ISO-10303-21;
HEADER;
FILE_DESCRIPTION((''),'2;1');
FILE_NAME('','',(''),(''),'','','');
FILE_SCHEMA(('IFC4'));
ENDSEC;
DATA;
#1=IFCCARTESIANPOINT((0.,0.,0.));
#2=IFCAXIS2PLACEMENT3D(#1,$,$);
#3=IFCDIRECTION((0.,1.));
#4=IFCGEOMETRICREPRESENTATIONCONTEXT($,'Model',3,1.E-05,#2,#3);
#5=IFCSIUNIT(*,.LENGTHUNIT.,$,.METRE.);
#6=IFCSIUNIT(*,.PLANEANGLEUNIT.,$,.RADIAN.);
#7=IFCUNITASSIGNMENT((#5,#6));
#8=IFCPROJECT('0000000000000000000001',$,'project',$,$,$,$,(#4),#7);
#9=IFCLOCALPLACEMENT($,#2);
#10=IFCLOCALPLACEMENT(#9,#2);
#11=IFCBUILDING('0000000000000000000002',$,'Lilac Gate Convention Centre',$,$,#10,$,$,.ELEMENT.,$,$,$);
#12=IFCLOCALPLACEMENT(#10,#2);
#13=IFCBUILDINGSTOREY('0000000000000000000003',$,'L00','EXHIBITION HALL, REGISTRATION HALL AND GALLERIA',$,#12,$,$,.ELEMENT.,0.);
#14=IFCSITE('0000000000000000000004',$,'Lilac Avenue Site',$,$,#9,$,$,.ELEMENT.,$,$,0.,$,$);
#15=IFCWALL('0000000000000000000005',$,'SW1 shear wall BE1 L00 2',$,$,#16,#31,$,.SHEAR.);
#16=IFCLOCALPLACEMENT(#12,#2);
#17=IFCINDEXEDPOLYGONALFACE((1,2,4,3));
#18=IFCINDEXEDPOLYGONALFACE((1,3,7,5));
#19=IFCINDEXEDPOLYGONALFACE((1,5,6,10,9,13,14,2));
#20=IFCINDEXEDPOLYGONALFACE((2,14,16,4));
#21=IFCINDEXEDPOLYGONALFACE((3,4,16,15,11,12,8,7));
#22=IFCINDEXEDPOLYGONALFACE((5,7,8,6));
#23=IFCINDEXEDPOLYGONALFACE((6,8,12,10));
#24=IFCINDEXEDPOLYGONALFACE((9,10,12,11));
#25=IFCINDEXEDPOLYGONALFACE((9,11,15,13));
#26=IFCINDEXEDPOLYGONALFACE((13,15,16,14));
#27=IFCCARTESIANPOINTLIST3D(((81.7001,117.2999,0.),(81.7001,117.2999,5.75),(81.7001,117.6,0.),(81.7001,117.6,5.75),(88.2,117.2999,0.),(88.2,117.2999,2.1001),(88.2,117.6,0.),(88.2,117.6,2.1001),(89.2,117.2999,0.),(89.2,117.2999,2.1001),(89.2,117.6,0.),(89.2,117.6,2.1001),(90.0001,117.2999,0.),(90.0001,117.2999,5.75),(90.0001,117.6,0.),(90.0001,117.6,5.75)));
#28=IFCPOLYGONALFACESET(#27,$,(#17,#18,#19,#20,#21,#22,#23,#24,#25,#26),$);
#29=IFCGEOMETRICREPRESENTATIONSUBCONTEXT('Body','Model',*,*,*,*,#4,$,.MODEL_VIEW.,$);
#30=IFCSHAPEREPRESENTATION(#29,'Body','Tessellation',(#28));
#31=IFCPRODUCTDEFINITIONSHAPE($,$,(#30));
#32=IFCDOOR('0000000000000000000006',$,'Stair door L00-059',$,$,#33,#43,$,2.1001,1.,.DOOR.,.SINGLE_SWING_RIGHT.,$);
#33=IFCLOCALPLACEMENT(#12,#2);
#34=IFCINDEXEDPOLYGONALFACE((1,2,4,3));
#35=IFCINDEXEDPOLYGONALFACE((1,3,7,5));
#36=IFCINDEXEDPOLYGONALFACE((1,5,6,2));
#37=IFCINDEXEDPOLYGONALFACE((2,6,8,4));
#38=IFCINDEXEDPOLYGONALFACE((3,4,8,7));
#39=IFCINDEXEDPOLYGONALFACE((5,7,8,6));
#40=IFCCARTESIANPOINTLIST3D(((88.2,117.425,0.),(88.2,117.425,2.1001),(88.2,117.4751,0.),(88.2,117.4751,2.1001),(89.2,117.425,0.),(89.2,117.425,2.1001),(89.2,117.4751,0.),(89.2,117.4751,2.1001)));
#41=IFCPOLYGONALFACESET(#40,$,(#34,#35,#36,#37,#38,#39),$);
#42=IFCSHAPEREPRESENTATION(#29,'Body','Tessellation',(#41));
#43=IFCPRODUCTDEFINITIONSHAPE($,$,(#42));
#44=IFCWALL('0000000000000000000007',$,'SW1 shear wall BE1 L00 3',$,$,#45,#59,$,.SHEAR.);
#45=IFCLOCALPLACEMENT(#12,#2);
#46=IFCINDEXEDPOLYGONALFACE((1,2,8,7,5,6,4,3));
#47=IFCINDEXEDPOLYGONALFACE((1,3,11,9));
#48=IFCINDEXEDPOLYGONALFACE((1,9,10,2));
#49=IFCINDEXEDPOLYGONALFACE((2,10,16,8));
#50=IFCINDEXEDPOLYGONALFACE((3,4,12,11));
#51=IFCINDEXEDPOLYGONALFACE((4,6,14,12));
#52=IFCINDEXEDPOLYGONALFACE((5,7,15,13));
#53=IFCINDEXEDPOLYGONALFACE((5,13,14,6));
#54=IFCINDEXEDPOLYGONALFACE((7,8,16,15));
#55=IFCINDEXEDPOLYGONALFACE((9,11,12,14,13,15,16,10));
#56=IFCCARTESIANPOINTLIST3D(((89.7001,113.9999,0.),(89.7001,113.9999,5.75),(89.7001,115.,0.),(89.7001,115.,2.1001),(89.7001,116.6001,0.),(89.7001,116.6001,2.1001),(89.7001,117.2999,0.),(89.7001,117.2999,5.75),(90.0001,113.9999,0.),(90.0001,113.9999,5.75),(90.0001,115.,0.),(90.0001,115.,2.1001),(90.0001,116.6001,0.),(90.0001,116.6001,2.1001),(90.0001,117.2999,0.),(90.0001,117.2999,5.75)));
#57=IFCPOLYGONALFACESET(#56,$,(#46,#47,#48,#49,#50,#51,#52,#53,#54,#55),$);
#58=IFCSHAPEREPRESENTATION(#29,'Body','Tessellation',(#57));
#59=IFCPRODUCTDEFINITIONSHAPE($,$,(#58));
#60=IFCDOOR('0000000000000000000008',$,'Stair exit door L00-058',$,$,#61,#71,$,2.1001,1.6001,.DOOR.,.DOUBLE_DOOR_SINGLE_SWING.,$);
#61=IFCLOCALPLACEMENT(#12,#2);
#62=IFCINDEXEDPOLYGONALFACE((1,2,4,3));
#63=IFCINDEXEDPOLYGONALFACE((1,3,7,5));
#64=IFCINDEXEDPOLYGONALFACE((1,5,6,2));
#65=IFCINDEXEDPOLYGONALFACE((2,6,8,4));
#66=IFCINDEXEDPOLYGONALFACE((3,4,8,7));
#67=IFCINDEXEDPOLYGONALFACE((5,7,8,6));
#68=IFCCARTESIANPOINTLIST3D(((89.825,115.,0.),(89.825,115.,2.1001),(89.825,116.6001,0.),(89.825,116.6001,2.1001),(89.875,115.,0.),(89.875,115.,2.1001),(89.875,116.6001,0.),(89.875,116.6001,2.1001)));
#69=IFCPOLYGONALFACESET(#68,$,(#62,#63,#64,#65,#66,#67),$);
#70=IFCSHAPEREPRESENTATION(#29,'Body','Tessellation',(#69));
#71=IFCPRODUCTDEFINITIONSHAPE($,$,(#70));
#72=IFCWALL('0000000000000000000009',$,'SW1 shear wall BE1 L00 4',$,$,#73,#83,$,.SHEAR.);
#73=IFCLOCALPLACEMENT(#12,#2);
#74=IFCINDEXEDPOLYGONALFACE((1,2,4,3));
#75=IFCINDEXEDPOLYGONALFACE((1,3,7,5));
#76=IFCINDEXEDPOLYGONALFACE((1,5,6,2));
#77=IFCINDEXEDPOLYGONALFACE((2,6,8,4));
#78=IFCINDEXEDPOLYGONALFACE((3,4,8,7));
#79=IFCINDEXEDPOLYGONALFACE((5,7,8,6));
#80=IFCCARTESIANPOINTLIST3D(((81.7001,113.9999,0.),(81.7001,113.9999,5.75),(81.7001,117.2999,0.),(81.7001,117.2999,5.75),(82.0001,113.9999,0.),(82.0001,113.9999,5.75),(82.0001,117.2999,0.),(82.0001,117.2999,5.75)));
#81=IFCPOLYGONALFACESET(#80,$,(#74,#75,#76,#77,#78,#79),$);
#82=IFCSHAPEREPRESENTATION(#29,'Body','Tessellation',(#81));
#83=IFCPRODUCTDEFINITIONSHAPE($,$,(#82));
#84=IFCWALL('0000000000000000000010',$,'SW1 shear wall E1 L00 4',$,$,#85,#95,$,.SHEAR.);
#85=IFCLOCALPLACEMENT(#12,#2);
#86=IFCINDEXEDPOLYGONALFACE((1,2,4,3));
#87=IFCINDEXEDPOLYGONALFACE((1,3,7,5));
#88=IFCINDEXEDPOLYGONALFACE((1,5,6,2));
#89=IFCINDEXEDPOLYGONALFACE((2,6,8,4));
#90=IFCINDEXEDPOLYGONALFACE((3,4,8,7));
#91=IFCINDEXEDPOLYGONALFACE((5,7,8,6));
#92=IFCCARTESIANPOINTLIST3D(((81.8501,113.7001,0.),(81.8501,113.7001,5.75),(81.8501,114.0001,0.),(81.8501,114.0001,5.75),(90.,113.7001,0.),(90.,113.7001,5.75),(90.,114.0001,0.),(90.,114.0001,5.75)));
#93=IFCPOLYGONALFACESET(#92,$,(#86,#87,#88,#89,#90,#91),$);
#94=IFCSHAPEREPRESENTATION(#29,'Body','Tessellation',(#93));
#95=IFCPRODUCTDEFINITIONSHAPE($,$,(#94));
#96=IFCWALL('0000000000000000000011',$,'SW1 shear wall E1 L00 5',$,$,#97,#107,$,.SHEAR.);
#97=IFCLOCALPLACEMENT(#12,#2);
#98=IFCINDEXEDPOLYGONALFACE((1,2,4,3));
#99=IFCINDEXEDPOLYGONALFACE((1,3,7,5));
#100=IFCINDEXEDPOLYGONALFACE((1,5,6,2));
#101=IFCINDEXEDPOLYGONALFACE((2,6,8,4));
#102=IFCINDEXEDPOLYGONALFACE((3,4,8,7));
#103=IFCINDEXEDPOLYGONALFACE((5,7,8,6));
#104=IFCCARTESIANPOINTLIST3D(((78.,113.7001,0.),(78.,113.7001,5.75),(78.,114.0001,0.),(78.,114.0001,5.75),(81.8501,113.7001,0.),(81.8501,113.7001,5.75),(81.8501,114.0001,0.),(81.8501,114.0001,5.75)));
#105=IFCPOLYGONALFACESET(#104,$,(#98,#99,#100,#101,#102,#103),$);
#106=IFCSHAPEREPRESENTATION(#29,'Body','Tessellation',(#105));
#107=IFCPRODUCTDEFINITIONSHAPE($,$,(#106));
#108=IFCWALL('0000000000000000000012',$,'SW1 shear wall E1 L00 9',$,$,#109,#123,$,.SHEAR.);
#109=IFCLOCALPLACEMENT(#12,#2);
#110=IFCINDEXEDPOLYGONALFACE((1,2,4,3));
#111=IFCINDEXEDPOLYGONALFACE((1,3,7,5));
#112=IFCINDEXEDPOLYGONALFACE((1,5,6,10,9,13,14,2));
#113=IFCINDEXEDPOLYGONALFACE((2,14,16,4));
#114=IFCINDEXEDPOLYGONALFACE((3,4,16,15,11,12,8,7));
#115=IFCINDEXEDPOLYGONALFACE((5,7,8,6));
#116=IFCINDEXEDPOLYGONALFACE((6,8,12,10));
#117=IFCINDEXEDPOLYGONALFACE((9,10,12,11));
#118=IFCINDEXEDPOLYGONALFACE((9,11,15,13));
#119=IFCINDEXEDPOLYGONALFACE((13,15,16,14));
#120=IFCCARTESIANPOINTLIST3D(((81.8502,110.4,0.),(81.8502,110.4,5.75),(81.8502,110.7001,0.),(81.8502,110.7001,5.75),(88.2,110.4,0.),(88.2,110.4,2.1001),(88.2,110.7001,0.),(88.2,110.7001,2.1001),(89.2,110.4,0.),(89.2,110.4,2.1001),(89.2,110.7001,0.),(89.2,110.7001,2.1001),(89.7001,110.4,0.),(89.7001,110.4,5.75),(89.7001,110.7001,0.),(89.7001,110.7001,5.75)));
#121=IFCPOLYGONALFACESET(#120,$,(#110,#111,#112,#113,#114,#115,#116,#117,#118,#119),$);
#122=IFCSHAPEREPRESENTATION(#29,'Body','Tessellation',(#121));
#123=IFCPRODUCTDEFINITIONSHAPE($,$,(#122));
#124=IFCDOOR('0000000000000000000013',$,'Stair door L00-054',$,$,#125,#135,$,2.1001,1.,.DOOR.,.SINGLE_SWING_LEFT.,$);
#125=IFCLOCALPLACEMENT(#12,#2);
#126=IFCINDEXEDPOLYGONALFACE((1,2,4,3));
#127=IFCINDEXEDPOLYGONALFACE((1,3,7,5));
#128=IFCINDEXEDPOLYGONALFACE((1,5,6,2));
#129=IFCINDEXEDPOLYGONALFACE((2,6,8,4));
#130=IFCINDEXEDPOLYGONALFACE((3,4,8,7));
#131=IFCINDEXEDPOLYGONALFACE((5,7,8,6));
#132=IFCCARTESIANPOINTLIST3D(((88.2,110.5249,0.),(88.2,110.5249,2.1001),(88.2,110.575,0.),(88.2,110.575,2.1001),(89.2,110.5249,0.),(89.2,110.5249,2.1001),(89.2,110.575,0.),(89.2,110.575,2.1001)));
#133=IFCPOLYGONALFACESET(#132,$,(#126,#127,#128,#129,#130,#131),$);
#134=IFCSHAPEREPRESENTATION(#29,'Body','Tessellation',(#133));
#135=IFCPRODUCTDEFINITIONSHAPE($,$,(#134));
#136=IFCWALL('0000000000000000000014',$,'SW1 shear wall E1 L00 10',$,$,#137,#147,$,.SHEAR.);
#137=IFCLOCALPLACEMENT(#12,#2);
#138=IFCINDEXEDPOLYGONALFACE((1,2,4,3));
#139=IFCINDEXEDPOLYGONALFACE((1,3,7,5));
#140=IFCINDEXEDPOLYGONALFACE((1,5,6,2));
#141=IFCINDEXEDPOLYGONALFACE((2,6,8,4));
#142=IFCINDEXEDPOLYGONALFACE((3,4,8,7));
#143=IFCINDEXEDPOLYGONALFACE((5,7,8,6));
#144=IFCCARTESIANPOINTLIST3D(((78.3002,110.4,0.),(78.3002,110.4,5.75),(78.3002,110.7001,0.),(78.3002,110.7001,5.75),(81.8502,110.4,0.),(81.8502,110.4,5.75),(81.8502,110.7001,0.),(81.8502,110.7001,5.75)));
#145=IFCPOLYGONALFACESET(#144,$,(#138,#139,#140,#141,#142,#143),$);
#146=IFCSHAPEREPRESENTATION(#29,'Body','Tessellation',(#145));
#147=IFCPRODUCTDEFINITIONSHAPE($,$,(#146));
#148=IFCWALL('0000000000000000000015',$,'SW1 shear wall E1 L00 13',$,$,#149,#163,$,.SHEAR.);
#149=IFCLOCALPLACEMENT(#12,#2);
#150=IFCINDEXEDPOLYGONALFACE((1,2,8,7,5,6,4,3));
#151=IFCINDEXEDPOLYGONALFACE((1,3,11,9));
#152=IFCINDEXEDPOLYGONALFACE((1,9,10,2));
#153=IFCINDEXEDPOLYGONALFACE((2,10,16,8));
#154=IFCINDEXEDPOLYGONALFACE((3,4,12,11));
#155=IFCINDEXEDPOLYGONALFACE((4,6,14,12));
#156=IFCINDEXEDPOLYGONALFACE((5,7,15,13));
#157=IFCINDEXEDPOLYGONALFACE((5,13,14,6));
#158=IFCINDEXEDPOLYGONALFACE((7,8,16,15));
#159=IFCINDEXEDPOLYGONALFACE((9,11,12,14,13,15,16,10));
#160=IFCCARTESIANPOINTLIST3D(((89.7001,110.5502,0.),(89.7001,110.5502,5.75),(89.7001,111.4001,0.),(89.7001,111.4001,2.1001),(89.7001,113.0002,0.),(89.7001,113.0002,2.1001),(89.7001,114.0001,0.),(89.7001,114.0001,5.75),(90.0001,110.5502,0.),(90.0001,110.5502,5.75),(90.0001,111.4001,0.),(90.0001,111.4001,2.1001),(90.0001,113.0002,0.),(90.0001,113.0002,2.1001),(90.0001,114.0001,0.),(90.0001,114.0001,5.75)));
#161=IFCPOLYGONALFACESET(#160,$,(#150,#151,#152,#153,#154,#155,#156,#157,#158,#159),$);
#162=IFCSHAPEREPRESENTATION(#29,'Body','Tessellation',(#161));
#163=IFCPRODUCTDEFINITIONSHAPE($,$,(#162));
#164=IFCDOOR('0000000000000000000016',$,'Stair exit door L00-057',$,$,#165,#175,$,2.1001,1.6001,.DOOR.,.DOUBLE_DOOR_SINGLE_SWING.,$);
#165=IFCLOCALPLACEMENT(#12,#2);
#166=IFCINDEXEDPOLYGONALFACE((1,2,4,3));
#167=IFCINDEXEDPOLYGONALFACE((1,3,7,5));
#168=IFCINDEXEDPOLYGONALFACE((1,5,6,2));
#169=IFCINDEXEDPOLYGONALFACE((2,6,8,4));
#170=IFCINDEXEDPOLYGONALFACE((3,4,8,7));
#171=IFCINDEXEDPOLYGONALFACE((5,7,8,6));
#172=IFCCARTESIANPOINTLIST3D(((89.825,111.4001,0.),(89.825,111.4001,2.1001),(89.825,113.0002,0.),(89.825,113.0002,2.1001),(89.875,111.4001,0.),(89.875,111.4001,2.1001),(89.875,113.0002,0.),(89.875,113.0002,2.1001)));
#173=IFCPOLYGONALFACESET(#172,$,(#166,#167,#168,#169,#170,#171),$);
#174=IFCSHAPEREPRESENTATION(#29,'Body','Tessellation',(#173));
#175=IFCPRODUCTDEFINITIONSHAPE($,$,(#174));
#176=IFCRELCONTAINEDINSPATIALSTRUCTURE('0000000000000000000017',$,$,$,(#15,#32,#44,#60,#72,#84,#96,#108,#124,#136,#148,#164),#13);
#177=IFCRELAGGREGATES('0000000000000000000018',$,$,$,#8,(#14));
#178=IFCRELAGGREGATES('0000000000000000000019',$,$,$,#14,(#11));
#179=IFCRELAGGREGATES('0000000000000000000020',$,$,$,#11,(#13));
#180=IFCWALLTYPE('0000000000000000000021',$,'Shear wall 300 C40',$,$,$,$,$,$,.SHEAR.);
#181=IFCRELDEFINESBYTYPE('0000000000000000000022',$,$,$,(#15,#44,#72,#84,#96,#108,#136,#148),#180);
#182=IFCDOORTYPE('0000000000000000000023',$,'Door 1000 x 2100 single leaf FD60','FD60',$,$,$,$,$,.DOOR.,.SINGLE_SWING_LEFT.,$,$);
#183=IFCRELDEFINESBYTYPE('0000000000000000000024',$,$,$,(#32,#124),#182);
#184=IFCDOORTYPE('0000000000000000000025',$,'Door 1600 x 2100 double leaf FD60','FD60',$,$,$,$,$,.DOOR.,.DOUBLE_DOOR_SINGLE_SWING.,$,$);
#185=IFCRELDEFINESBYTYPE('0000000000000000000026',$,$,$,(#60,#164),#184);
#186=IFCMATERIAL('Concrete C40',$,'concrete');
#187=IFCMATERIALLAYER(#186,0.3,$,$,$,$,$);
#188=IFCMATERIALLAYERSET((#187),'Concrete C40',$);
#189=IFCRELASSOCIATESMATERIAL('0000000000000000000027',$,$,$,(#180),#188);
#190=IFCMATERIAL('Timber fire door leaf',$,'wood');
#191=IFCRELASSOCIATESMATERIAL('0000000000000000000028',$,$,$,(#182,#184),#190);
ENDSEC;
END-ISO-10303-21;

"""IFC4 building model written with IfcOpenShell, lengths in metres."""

from ifc_helpers import new_model, si_unit, direction, frame, frame_2d, origin, place, context, subcontext, project, spatial, rectangle, extrude, material, layer, layer_set, type_object, element, fill, save


model = new_model("IFC4")

# Units and contexts
model_context = context("Model", 3, precision=1e-05, world=origin(), true_north=direction((0.0, 1.0)))
body_context = subcontext(model_context, "Body", "Model", "MODEL_VIEW")
ifc_project = project(units=[si_unit("LENGTHUNIT", "METRE"), si_unit("PLANEANGLEUNIT", "RADIAN")], contexts=[model_context])

# Site, building, storey
site_placement = place(None, origin())
site = spatial("IfcSite", under=ifc_project, at=site_placement, Name="Lilac Avenue Site", CompositionType="ELEMENT", RefElevation=0.0)
building_placement = place(site_placement, origin())
building = spatial("IfcBuilding", under=site, at=building_placement, Name="Lilac Gate Convention Centre", CompositionType="ELEMENT")
storey_placement = place(building_placement, origin())
storey = spatial("IfcBuildingStorey", under=building, at=storey_placement, Name="L00", Description="EXHIBITION HALL, REGISTRATION HALL AND GALLERIA", CompositionType="ELEMENT", Elevation=0.0)

# Shared definitions
ifc_material_1 = material(Name="Concrete C40", Category="concrete")

# Shared definitions
ifc_material_2 = material(Name="Timber fire door leaf", Category="wood")

# Shared definitions
ifc_layer_1 = layer(ifc_material_1, 0.3)
ifc_layer_set_1 = layer_set([ifc_layer_1], Name="Concrete C40")
wall_type_1 = type_object("IfcWallType", Name="Shear wall 300 C40", PredefinedType="SHEAR", material=ifc_layer_set_1)

# Walls, openings, doors
wall_1_placement = place(storey_placement, frame((90.0, 117.45, 0.0), z_axis=(0.0, 0.0, 1.0), x_axis=(-1.0, 0.0, 0.0)))
wall_1 = element("IfcWall", 1, at=wall_1_placement, inside=storey, type_object=wall_type_1, Name="SW1 shear wall BE1 L00 2", PredefinedType="SHEAR", context=body_context, shape_type="SweptSolid", body=[
    extrude(rectangle(XDim=8.3, YDim=0.3, at=frame_2d((4.1499, 0.0))), origin(), (0.0, 0.0, 1.0), 5.75),
])
opening_1_placement = place(wall_1_placement, frame((0.8, 0.0, 0.0)))
opening_1 = element("IfcOpeningElement", 2, at=opening_1_placement, cuts=wall_1, PredefinedType="OPENING", context=body_context, shape_type="SweptSolid", body=[
    extrude(rectangle(XDim=1.0, YDim=2.1001, at=frame_2d((0.5, 1.05))), frame((0.0, 0.1599, 0.0), z_axis=(0.0, -1.0, 0.0), x_axis=(1.0, 0.0, 0.0)), (0.0, 0.0, 1.0), 0.3201),
])
door_type_1 = type_object("IfcDoorType", Name="Door 1000 x 2100 single leaf FD60", Description="FD60", OperationType="SINGLE_SWING_LEFT", PredefinedType="DOOR", material=ifc_material_2)
door_1_placement = place(opening_1_placement, origin())
door_1 = element("IfcDoor", 3, at=door_1_placement, inside=storey, type_object=door_type_1, Name="Stair door L00-059", OperationType="SINGLE_SWING_RIGHT", OverallHeight=2.1001, OverallWidth=1.0, PredefinedType="DOOR", context=body_context, shape_type="SweptSolid", body=[
    extrude(rectangle(XDim=1.0, YDim=2.1001, at=frame_2d((0.5, 1.05))), frame((0.0, 0.0249, 0.0), z_axis=(0.0, -1.0, 0.0), x_axis=(1.0, 0.0, 0.0)), (0.0, 0.0, 1.0), 0.05),
])
fill(opening_1, door_1)
wall_2_placement = place(storey_placement, frame((89.8501, 114.0, 0.0), z_axis=(0.0, 0.0, 1.0), x_axis=(0.0, 1.0, 0.0)))
wall_2 = element("IfcWall", 4, at=wall_2_placement, inside=storey, type_object=wall_type_1, Name="SW1 shear wall BE1 L00 3", PredefinedType="SHEAR", context=body_context, shape_type="SweptSolid", body=[
    extrude(rectangle(XDim=3.3, YDim=0.3, at=frame_2d((1.6499, 0.0))), origin(), (0.0, 0.0, 1.0), 5.75),
])
opening_2_placement = place(wall_2_placement, frame((1.0, 0.0, 0.0)))
opening_2 = element("IfcOpeningElement", 5, at=opening_2_placement, cuts=wall_2, PredefinedType="OPENING", context=body_context, shape_type="SweptSolid", body=[
    extrude(rectangle(XDim=1.6001, YDim=2.1001, at=frame_2d((0.8, 1.05))), frame((0.0, 0.1599, 0.0), z_axis=(0.0, -1.0, 0.0), x_axis=(1.0, 0.0, 0.0)), (0.0, 0.0, 1.0), 0.3201),
])
door_type_2 = type_object("IfcDoorType", Name="Door 1600 x 2100 double leaf FD60", Description="FD60", OperationType="DOUBLE_DOOR_SINGLE_SWING", PredefinedType="DOOR", material=ifc_material_2)
door_2_placement = place(opening_2_placement, frame((1.6001, 0.0, 0.0), z_axis=(0.0, 0.0, 1.0), x_axis=(-1.0, 0.0, 0.0)))
door_2 = element("IfcDoor", 6, at=door_2_placement, inside=storey, type_object=door_type_2, Name="Stair exit door L00-058", OperationType="DOUBLE_DOOR_SINGLE_SWING", OverallHeight=2.1001, OverallWidth=1.6001, PredefinedType="DOOR", context=body_context, shape_type="SweptSolid", body=[
    extrude(rectangle(XDim=1.6001, YDim=2.1001, at=frame_2d((0.8, 1.05))), frame((0.0, 0.0249, 0.0), z_axis=(0.0, -1.0, 0.0), x_axis=(1.0, 0.0, 0.0)), (0.0, 0.0, 1.0), 0.05),
])
fill(opening_2, door_2)

# Walls
wall_3_placement = place(storey_placement, frame((81.8501, 114.0, 0.0), z_axis=(0.0, 0.0, 1.0), x_axis=(0.0, 1.0, 0.0)))
element("IfcWall", 7, at=wall_3_placement, inside=storey, type_object=wall_type_1, Name="SW1 shear wall BE1 L00 4", PredefinedType="SHEAR", context=body_context, shape_type="SweptSolid", body=[
    extrude(rectangle(XDim=3.3, YDim=0.3, at=frame_2d((1.6499, 0.0))), origin(), (0.0, 0.0, 1.0), 5.75),
])
wall_4_placement = place(storey_placement, frame((90.0, 113.8501, 0.0), z_axis=(0.0, 0.0, 1.0), x_axis=(-1.0, 0.0, 0.0)))
element("IfcWall", 8, at=wall_4_placement, inside=storey, type_object=wall_type_1, Name="SW1 shear wall E1 L00 4", PredefinedType="SHEAR", context=body_context, shape_type="SweptSolid", body=[
    extrude(rectangle(XDim=8.1499, YDim=0.3, at=frame_2d((4.075, 0.0))), origin(), (0.0, 0.0, 1.0), 5.75),
])
wall_5_placement = place(storey_placement, frame((81.8501, 113.8501, 0.0), z_axis=(0.0, 0.0, 1.0), x_axis=(-1.0, 0.0, 0.0)))
element("IfcWall", 9, at=wall_5_placement, inside=storey, type_object=wall_type_1, Name="SW1 shear wall E1 L00 5", PredefinedType="SHEAR", context=body_context, shape_type="SweptSolid", body=[
    extrude(rectangle(XDim=3.8501, YDim=0.3, at=frame_2d((1.925, 0.0))), origin(), (0.0, 0.0, 1.0), 5.75),
])

# Wall, opening, door
wall_6_placement = place(storey_placement, frame((89.7, 110.55, 0.0), z_axis=(0.0, 0.0, 1.0), x_axis=(-1.0, 0.0, 0.0)))
wall_6 = element("IfcWall", 10, at=wall_6_placement, inside=storey, type_object=wall_type_1, Name="SW1 shear wall E1 L00 9", PredefinedType="SHEAR", context=body_context, shape_type="SweptSolid", body=[
    extrude(rectangle(XDim=7.8499, YDim=0.3, at=frame_2d((3.9248, 0.0))), origin(), (0.0, 0.0, 1.0), 5.75),
])
opening_3_placement = place(wall_6_placement, frame((0.5, 0.0, 0.0)))
opening_3 = element("IfcOpeningElement", 11, at=opening_3_placement, cuts=wall_6, PredefinedType="OPENING", context=body_context, shape_type="SweptSolid", body=[
    extrude(rectangle(XDim=1.0, YDim=2.1001, at=frame_2d((0.5, 1.05))), frame((0.0, 0.1599, 0.0), z_axis=(0.0, -1.0, 0.0), x_axis=(1.0, 0.0, 0.0)), (0.0, 0.0, 1.0), 0.3201),
])
door_3_placement = place(opening_3_placement, frame((1.0, 0.0, 0.0), z_axis=(0.0, 0.0, 1.0), x_axis=(-1.0, 0.0, 0.0)))
door_3 = element("IfcDoor", 12, at=door_3_placement, inside=storey, type_object=door_type_1, Name="Stair door L00-054", OperationType="SINGLE_SWING_LEFT", OverallHeight=2.1001, OverallWidth=1.0, PredefinedType="DOOR", context=body_context, shape_type="SweptSolid", body=[
    extrude(rectangle(XDim=1.0, YDim=2.1001, at=frame_2d((0.5, 1.05))), frame((0.0, 0.0249, 0.0), z_axis=(0.0, -1.0, 0.0), x_axis=(1.0, 0.0, 0.0)), (0.0, 0.0, 1.0), 0.05),
])
fill(opening_3, door_3)

# Wall
wall_7_placement = place(storey_placement, frame((81.8501, 110.55, 0.0), z_axis=(0.0, 0.0, 1.0), x_axis=(-1.0, 0.0, 0.0)))
element("IfcWall", 13, at=wall_7_placement, inside=storey, type_object=wall_type_1, Name="SW1 shear wall E1 L00 10", PredefinedType="SHEAR", context=body_context, shape_type="SweptSolid", body=[
    extrude(rectangle(XDim=3.55, YDim=0.3, at=frame_2d((1.7749, 0.0))), origin(), (0.0, 0.0, 1.0), 5.75),
])

# Wall, opening, door
wall_8_placement = place(storey_placement, frame((89.8501, 110.55, 0.0), z_axis=(0.0, 0.0, 1.0), x_axis=(0.0, 1.0, 0.0)))
wall_8 = element("IfcWall", 14, at=wall_8_placement, inside=storey, type_object=wall_type_1, Name="SW1 shear wall E1 L00 13", PredefinedType="SHEAR", context=body_context, shape_type="SweptSolid", body=[
    extrude(rectangle(XDim=3.45, YDim=0.3, at=frame_2d((1.7251, 0.0))), origin(), (0.0, 0.0, 1.0), 5.75),
])
opening_4_placement = place(wall_8_placement, frame((0.8501, 0.0, 0.0)))
opening_4 = element("IfcOpeningElement", 15, at=opening_4_placement, cuts=wall_8, PredefinedType="OPENING", context=body_context, shape_type="SweptSolid", body=[
    extrude(rectangle(XDim=1.6001, YDim=2.1001, at=frame_2d((0.8, 1.05))), frame((0.0, 0.1599, 0.0), z_axis=(0.0, -1.0, 0.0), x_axis=(1.0, 0.0, 0.0)), (0.0, 0.0, 1.0), 0.3201),
])
door_4_placement = place(opening_4_placement, frame((1.6001, 0.0, 0.0), z_axis=(0.0, 0.0, 1.0), x_axis=(-1.0, 0.0, 0.0)))
door_4 = element("IfcDoor", 16, at=door_4_placement, inside=storey, type_object=door_type_2, Name="Stair exit door L00-057", OperationType="DOUBLE_DOOR_SINGLE_SWING", OverallHeight=2.1001, OverallWidth=1.6001, PredefinedType="DOOR", context=body_context, shape_type="SweptSolid", body=[
    extrude(rectangle(XDim=1.6001, YDim=2.1001, at=frame_2d((0.8, 1.05))), frame((0.0, 0.0249, 0.0), z_axis=(0.0, -1.0, 0.0), x_axis=(1.0, 0.0, 0.0)), (0.0, 0.0, 1.0), 0.05),
])
fill(opening_4, door_4)

save(model, "model.ifc")
